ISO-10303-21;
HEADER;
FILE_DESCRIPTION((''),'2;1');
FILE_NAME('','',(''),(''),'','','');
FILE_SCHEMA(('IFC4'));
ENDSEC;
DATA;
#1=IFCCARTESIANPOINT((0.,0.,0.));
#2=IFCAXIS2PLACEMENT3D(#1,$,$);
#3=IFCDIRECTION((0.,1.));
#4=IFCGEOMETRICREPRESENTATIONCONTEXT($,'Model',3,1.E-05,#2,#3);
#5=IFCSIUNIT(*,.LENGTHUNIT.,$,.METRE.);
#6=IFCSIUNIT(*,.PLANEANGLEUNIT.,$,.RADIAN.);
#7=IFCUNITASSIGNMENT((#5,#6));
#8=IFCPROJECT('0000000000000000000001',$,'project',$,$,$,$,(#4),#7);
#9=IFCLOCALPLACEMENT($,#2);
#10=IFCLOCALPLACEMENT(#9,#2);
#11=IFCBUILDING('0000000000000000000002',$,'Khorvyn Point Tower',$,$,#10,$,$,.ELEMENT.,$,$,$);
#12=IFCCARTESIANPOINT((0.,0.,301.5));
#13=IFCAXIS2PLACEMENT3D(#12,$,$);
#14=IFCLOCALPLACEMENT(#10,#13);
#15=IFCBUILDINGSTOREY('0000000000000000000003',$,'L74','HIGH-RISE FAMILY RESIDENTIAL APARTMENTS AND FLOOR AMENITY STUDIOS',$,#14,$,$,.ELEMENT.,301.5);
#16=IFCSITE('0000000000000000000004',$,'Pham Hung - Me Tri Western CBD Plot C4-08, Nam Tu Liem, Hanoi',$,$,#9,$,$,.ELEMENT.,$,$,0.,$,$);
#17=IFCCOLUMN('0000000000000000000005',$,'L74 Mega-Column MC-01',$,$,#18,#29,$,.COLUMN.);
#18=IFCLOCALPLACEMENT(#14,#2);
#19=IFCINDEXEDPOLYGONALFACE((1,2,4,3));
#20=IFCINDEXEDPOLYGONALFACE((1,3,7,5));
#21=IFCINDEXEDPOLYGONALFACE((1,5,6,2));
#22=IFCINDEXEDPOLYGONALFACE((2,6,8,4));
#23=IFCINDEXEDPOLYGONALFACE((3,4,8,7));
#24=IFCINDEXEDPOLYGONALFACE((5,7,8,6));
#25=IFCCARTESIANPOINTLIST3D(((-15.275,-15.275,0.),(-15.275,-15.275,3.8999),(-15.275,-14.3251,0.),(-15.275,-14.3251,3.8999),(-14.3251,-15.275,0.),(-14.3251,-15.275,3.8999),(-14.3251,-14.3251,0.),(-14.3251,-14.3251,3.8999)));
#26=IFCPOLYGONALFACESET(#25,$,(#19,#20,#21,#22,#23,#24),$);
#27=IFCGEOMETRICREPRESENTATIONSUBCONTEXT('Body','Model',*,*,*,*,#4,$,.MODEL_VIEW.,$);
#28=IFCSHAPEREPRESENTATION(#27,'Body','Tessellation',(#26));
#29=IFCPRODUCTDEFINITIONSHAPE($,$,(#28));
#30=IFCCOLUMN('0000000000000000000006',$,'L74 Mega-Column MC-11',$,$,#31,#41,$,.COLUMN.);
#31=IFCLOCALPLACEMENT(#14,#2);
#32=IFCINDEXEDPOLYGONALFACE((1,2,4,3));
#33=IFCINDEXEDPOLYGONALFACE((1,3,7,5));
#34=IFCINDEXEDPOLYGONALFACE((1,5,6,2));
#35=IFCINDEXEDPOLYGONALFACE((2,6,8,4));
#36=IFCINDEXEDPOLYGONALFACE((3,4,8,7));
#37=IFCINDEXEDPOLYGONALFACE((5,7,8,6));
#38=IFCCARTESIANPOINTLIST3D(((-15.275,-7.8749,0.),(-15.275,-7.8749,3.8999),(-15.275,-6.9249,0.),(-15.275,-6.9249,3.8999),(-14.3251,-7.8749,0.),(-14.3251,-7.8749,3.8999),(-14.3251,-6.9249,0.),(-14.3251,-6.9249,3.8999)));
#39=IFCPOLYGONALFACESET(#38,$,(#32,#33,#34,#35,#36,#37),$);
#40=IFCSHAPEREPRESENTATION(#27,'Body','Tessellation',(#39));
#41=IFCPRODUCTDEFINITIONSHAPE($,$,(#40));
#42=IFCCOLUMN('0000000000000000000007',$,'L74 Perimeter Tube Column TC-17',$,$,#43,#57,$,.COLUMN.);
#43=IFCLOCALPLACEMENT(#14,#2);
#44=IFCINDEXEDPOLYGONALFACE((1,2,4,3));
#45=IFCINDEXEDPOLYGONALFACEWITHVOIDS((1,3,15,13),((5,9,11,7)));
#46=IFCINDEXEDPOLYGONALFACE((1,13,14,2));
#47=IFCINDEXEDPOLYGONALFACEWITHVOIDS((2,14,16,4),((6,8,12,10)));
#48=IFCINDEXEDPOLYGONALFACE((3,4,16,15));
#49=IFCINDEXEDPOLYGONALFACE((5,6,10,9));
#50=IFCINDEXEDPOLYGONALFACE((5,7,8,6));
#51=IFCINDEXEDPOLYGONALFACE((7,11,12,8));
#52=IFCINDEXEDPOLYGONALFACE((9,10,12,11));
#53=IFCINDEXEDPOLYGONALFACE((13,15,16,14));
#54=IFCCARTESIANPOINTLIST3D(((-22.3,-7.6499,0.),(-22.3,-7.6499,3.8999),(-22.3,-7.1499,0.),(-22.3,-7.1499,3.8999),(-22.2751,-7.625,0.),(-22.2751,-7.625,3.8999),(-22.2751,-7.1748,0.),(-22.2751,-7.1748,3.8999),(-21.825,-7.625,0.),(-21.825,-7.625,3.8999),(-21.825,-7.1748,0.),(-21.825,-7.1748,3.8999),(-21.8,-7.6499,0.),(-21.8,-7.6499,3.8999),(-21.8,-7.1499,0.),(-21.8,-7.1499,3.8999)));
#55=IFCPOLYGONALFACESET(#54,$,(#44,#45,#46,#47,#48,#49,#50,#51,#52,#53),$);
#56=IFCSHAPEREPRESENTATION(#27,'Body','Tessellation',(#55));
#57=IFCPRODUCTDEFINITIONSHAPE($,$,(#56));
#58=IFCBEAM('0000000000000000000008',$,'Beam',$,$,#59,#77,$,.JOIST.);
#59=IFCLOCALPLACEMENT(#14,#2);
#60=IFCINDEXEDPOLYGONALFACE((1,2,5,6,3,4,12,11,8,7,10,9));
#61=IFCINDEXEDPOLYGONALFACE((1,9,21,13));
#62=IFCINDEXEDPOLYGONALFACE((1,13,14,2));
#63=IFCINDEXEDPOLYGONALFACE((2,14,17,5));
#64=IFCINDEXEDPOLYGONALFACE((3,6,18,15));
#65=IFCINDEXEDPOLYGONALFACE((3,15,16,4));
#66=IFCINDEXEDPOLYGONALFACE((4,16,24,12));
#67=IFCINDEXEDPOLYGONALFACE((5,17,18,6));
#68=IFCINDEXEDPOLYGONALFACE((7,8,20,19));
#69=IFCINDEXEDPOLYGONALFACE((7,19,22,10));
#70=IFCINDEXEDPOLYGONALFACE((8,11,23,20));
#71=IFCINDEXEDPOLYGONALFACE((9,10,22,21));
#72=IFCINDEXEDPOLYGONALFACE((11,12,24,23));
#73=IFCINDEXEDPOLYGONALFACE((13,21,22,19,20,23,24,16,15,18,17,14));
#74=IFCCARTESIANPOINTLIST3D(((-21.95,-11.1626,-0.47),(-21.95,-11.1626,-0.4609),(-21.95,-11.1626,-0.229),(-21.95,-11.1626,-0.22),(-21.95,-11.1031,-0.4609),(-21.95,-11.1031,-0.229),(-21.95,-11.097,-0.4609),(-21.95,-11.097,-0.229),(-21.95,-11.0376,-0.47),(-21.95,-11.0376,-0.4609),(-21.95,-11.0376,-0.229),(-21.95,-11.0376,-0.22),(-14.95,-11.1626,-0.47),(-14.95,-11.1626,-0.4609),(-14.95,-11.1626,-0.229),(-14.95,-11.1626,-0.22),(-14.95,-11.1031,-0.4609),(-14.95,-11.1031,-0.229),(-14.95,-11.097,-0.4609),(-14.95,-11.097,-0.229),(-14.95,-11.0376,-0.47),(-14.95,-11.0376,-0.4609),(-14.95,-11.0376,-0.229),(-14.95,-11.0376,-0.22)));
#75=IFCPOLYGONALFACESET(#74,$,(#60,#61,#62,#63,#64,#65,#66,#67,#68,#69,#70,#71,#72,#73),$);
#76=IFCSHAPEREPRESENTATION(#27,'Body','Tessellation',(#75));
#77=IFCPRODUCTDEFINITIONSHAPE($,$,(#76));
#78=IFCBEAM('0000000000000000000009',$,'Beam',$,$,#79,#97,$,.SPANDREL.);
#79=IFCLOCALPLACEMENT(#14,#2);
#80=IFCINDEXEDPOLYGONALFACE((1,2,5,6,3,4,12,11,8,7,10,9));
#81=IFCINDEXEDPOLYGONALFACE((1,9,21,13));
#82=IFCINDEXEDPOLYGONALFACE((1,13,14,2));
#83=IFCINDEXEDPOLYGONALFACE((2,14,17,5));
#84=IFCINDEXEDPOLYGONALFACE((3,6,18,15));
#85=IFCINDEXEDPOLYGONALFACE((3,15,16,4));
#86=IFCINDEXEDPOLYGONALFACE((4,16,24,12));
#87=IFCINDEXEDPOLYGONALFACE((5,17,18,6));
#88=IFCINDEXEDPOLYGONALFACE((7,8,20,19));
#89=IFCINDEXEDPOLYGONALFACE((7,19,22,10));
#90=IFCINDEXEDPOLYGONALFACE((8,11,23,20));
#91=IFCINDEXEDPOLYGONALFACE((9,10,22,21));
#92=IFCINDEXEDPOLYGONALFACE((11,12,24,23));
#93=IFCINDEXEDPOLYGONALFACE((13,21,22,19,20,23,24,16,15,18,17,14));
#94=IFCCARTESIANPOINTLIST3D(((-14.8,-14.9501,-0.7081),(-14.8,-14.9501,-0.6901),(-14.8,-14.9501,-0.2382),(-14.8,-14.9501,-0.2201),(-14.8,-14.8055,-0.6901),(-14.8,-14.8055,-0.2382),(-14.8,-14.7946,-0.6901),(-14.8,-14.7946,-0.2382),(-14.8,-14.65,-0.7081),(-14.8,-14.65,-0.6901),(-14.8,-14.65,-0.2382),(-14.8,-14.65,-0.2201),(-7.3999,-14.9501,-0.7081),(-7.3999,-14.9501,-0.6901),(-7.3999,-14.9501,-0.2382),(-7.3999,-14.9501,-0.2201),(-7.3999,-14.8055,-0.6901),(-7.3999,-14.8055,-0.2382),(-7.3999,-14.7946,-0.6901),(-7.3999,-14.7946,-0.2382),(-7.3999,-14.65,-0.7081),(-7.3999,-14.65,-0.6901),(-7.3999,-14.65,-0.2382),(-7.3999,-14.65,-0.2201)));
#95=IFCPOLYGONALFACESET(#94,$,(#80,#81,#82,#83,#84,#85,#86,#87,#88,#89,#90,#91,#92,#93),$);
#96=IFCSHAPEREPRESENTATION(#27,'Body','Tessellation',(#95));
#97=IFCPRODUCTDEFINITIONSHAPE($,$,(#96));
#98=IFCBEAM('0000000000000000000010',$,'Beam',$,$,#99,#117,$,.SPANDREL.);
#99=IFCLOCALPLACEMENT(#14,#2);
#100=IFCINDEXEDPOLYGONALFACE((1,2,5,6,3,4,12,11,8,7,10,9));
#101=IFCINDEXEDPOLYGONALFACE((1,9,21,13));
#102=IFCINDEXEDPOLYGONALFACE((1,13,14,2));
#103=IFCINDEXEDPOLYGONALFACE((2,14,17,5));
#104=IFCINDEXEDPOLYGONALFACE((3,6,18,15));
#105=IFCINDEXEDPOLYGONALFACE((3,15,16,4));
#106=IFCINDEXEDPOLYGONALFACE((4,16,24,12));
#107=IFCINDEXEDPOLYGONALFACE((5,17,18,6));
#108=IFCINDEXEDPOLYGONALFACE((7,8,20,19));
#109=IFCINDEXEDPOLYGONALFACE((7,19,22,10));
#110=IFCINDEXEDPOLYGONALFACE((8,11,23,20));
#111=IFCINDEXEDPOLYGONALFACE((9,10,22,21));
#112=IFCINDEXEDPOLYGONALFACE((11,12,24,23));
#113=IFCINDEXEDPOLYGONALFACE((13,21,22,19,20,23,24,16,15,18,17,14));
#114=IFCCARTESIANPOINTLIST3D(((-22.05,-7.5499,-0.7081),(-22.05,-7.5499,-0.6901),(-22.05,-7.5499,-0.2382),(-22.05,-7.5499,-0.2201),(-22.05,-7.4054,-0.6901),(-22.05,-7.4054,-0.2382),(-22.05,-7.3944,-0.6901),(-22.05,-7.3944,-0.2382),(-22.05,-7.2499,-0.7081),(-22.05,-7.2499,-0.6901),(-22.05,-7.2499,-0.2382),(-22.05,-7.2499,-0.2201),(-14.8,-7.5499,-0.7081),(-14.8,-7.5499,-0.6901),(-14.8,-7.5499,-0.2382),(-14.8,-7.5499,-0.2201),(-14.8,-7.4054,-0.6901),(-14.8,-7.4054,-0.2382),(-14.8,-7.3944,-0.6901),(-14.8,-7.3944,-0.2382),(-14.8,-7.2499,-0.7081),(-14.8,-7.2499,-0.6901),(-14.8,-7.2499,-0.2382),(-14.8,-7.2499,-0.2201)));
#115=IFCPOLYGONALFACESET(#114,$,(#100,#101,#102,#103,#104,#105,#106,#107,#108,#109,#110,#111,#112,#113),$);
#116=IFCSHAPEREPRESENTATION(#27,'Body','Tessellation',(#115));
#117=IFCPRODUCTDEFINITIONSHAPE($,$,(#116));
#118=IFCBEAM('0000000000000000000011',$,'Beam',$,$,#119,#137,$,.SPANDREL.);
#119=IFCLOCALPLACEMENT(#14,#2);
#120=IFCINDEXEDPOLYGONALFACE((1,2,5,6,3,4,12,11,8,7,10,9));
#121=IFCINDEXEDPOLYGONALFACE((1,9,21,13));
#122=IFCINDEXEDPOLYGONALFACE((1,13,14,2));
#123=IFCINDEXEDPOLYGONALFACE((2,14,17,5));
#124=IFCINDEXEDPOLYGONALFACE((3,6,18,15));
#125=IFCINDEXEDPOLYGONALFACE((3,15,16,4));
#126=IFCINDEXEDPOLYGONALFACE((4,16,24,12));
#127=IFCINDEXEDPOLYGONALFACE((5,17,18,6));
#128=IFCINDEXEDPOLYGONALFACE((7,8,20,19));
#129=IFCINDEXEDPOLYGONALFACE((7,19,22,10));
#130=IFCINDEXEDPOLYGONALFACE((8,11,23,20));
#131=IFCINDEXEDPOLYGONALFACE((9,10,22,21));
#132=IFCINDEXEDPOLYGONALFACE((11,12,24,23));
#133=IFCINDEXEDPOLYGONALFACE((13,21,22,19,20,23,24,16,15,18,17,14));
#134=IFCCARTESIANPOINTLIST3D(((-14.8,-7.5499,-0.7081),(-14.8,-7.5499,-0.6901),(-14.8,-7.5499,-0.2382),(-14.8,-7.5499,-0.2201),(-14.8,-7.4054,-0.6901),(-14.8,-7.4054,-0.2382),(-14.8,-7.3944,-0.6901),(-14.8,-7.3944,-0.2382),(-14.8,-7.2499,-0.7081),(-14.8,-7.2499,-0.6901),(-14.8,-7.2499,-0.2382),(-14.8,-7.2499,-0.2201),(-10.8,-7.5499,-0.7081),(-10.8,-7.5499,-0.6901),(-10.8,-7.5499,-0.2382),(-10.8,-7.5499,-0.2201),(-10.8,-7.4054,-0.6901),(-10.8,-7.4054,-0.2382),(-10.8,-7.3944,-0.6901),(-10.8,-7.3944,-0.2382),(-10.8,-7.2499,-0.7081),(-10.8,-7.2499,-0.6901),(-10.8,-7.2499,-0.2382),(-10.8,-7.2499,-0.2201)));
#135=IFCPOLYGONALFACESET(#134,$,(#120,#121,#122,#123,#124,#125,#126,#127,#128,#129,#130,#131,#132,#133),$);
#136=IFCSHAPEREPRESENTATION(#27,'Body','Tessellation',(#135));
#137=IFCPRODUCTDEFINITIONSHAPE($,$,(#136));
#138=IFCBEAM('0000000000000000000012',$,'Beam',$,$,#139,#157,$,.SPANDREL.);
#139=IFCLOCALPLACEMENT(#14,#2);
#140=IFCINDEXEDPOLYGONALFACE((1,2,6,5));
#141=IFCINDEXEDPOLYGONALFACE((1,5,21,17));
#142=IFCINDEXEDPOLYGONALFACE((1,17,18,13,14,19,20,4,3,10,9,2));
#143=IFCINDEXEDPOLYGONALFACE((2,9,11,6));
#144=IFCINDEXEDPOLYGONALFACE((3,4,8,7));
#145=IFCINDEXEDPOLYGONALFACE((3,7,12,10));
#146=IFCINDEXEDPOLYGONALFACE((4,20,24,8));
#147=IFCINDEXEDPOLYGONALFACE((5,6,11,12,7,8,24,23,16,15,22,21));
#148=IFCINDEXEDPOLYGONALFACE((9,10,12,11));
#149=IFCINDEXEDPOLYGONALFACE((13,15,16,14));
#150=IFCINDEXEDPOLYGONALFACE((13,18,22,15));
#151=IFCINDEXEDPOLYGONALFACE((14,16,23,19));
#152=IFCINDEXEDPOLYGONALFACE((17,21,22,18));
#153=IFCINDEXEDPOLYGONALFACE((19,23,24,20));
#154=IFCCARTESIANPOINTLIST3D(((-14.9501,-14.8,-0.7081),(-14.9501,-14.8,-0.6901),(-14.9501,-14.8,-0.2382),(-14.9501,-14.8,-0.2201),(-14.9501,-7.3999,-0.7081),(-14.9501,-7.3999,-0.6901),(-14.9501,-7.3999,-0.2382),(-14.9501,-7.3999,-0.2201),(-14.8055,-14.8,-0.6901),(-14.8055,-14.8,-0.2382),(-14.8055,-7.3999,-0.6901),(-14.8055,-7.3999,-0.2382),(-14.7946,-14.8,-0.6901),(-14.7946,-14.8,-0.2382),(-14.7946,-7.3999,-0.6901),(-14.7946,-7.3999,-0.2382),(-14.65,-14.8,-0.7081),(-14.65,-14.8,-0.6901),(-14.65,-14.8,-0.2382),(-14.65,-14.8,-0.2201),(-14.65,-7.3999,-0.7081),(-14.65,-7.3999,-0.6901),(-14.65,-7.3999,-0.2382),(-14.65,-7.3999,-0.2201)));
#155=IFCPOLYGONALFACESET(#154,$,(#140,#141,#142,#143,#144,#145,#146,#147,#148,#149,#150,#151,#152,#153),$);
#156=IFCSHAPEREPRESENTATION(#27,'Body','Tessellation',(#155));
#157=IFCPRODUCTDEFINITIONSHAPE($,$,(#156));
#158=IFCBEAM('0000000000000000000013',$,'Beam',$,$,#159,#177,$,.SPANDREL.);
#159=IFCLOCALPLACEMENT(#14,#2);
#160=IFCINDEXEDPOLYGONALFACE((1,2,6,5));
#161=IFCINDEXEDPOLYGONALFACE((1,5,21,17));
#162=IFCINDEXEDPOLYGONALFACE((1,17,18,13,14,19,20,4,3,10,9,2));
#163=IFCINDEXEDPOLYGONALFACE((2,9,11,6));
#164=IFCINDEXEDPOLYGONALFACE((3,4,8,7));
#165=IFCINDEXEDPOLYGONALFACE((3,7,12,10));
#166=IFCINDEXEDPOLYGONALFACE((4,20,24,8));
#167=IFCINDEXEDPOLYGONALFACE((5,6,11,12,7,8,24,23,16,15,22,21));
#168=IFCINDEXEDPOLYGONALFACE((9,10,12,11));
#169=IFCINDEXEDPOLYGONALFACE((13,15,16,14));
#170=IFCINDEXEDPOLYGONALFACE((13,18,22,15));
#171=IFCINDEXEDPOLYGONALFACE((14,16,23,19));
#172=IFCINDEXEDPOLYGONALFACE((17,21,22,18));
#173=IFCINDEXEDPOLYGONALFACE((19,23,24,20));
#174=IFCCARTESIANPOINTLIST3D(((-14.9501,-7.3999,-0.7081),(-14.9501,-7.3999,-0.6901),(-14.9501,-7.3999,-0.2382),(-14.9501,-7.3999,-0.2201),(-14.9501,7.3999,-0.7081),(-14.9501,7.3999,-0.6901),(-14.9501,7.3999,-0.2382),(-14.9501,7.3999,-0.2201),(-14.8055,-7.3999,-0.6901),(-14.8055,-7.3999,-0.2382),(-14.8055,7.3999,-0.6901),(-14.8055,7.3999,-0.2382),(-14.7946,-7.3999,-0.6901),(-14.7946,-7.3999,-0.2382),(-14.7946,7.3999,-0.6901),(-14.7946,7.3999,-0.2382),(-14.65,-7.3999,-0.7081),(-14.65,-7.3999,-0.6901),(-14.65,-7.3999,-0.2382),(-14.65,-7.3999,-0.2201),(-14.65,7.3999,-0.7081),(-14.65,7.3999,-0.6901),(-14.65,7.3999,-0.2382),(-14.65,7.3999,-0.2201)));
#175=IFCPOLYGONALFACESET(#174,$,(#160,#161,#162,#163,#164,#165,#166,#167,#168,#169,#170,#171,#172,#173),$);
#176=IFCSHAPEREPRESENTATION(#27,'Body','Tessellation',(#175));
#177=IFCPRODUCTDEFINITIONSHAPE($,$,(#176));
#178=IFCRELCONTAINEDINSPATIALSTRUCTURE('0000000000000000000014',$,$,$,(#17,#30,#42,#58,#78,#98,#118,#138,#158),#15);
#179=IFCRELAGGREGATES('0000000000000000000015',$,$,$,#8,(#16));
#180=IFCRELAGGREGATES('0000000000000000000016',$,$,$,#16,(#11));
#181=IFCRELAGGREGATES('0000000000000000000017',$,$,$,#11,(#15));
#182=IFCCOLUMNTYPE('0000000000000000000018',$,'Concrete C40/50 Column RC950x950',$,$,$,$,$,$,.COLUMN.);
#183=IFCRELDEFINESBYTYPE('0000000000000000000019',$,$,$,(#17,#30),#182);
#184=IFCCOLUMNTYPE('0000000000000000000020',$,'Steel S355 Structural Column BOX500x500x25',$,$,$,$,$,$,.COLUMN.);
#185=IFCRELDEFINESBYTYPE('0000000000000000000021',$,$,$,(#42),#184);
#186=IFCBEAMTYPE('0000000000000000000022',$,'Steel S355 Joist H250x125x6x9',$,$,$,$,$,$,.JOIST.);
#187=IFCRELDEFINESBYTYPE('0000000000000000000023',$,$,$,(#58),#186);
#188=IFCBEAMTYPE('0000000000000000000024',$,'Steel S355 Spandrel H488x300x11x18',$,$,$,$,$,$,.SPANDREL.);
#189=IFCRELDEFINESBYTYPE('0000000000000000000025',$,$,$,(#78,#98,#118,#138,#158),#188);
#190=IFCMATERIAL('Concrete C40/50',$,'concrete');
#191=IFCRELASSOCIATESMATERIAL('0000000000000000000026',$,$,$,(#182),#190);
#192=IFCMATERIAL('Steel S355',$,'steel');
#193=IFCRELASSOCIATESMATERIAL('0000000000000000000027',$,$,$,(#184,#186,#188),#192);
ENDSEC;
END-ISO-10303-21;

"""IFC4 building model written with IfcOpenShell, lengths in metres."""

from ifc_helpers import new_model, si_unit, direction, frame, origin, origin_2d, place, context, subcontext, project, spatial, rectangle, hollow_rectangle, i_section, extrude, material, material_profile, profile_set, type_object, element, save


model = new_model("IFC4")

# Units and contexts
model_context = context("Model", 3, precision=1e-05, world=origin(), true_north=direction((0.0, 1.0)))
body_context = subcontext(model_context, "Body", "Model", "MODEL_VIEW")
ifc_project = project(units=[si_unit("LENGTHUNIT", "METRE"), si_unit("PLANEANGLEUNIT", "RADIAN")], contexts=[model_context])

# Site, building, storey
site_placement = place(None, origin())
site = spatial("IfcSite", under=ifc_project, at=site_placement, Name="Pham Hung - Me Tri Western CBD Plot C4-08, Nam Tu Liem, Hanoi", CompositionType="ELEMENT", RefElevation=0.0)
building_placement = place(site_placement, origin())
building = spatial("IfcBuilding", under=site, at=building_placement, Name="Khorvyn Point Tower", CompositionType="ELEMENT")
storey_placement = place(building_placement, frame((0.0, 0.0, 301.5)))
storey = spatial("IfcBuildingStorey", under=building, at=storey_placement, Name="L74", Description="HIGH-RISE FAMILY RESIDENTIAL APARTMENTS AND FLOOR AMENITY STUDIOS", CompositionType="ELEMENT", Elevation=301.5)

# Columns
ifc_material_1 = material(Name="Concrete C40/50", Category="concrete")
ifc_material_profile_1 = material_profile(ifc_material_1, rectangle(XDim=0.95, YDim=0.95, at=origin_2d()))
ifc_profile_set_1 = profile_set([ifc_material_profile_1], Name="Concrete C40/50 RC950x950")
column_type_1 = type_object("IfcColumnType", Name="Concrete C40/50 Column RC950x950", PredefinedType="COLUMN", material=ifc_profile_set_1)
for number, where, z_axis, x_axis, name in (
    (1, (-14.8, -14.8, 0.0), (0.0, 0.0, 1.0), (1.0, 0.0, 0.0), "L74 Mega-Column MC-01"),
    (2, (-14.8, -7.3999, 0.0), (0.0, 0.0, 1.0), (1.0, 0.0, 0.0), "L74 Mega-Column MC-11"),
):
    element("IfcColumn", number, at=place(storey_placement, frame(where, z_axis=z_axis, x_axis=x_axis)), inside=storey, type_object=column_type_1, Name=name, PredefinedType="COLUMN", context=body_context, shape_type="SweptSolid", body=[
        extrude(rectangle(XDim=0.95, YDim=0.95, at=origin_2d()), origin(), (0.0, 0.0, 1.0), 3.8999),
    ])
ifc_material_2 = material(Name="Steel S355", Category="steel")
ifc_material_profile_2 = material_profile(ifc_material_2, hollow_rectangle(XDim=0.5, YDim=0.5, WallThickness=0.0249, at=origin_2d()))
ifc_profile_set_2 = profile_set([ifc_material_profile_2], Name="Steel S355 BOX500x500x25")
column_type_2 = type_object("IfcColumnType", Name="Steel S355 Structural Column BOX500x500x25", PredefinedType="COLUMN", material=ifc_profile_set_2)
column_placement = place(storey_placement, frame((-22.05, -7.3999, 0.0), z_axis=(0.0, 0.0, 1.0), x_axis=(1.0, 0.0, 0.0)))
element("IfcColumn", 3, at=column_placement, inside=storey, type_object=column_type_2, Name="L74 Perimeter Tube Column TC-17", PredefinedType="COLUMN", context=body_context, shape_type="SweptSolid", body=[
    extrude(hollow_rectangle(XDim=0.5, YDim=0.5, WallThickness=0.0249, at=origin_2d()), origin(), (0.0, 0.0, 1.0), 3.8999),
])

# Beams
ifc_material_profile_3 = material_profile(ifc_material_2, i_section(OverallWidth=0.125, OverallDepth=0.25, WebThickness=0.0061, FlangeThickness=0.009, at=origin_2d()))
ifc_profile_set_3 = profile_set([ifc_material_profile_3], Name="Steel S355 H250x125x6x9")
beam_type_1 = type_object("IfcBeamType", Name="Steel S355 Joist H250x125x6x9", PredefinedType="JOIST", material=ifc_profile_set_3)
beam_1_placement = place(storey_placement, frame((-21.95, -11.1001, -0.345), z_axis=(1.0, 0.0, 0.0), x_axis=(0.0, 1.0, 0.0)))
element("IfcBeam", 4, at=beam_1_placement, inside=storey, type_object=beam_type_1, Name="Beam", PredefinedType="JOIST", context=body_context, shape_type="SweptSolid", body=[
    extrude(i_section(OverallWidth=0.125, OverallDepth=0.25, WebThickness=0.0061, FlangeThickness=0.009, at=origin_2d()), origin(), (0.0, 0.0, 1.0), 7.0),
])
ifc_material_profile_4 = material_profile(ifc_material_2, i_section(OverallWidth=0.3, OverallDepth=0.488, WebThickness=0.011, FlangeThickness=0.0181, at=origin_2d()))
ifc_profile_set_4 = profile_set([ifc_material_profile_4], Name="Steel S355 H488x300x11x18")
beam_type_2 = type_object("IfcBeamType", Name="Steel S355 Spandrel H488x300x11x18", PredefinedType="SPANDREL", material=ifc_profile_set_4)
beam_2_placement = place(storey_placement, frame((-14.8, -14.8, -0.4641), z_axis=(1.0, 0.0, 0.0), x_axis=(0.0, 1.0, 0.0)))
element("IfcBeam", 5, at=beam_2_placement, inside=storey, type_object=beam_type_2, Name="Beam", PredefinedType="SPANDREL", context=body_context, shape_type="SweptSolid", body=[
    extrude(i_section(OverallWidth=0.3, OverallDepth=0.488, WebThickness=0.011, FlangeThickness=0.0181, at=origin_2d()), origin(), (0.0, 0.0, 1.0), 7.4001),
])
beam_3_placement = place(storey_placement, frame((-22.05, -7.3999, -0.4641), z_axis=(1.0, 0.0, 0.0), x_axis=(0.0, 1.0, 0.0)))
element("IfcBeam", 6, at=beam_3_placement, inside=storey, type_object=beam_type_2, Name="Beam", PredefinedType="SPANDREL", context=body_context, shape_type="SweptSolid", body=[
    extrude(i_section(OverallWidth=0.3, OverallDepth=0.488, WebThickness=0.011, FlangeThickness=0.0181, at=origin_2d()), origin(), (0.0, 0.0, 1.0), 7.25),
])
beam_4_placement = place(storey_placement, frame((-14.8, -7.3999, -0.4641), z_axis=(1.0, 0.0, 0.0), x_axis=(0.0, 1.0, 0.0)))
element("IfcBeam", 7, at=beam_4_placement, inside=storey, type_object=beam_type_2, Name="Beam", PredefinedType="SPANDREL", context=body_context, shape_type="SweptSolid", body=[
    extrude(i_section(OverallWidth=0.3, OverallDepth=0.488, WebThickness=0.011, FlangeThickness=0.0181, at=origin_2d()), origin(), (0.0, 0.0, 1.0), 4.0),
])
beam_5_placement = place(storey_placement, frame((-14.8, -14.8, -0.4641), z_axis=(0.0, 1.0, 0.0), x_axis=(-1.0, 0.0, 0.0)))
element("IfcBeam", 8, at=beam_5_placement, inside=storey, type_object=beam_type_2, Name="Beam", PredefinedType="SPANDREL", context=body_context, shape_type="SweptSolid", body=[
    extrude(i_section(OverallWidth=0.3, OverallDepth=0.488, WebThickness=0.011, FlangeThickness=0.0181, at=origin_2d()), origin(), (0.0, 0.0, 1.0), 7.4001),
])
beam_6_placement = place(storey_placement, frame((-14.8, -7.3999, -0.4641), z_axis=(0.0, 1.0, 0.0), x_axis=(-1.0, 0.0, 0.0)))
element("IfcBeam", 9, at=beam_6_placement, inside=storey, type_object=beam_type_2, Name="Beam", PredefinedType="SPANDREL", context=body_context, shape_type="SweptSolid", body=[
    extrude(i_section(OverallWidth=0.3, OverallDepth=0.488, WebThickness=0.011, FlangeThickness=0.0181, at=origin_2d()), origin(), (0.0, 0.0, 1.0), 14.7998),
])

save(model, "model.ifc")
